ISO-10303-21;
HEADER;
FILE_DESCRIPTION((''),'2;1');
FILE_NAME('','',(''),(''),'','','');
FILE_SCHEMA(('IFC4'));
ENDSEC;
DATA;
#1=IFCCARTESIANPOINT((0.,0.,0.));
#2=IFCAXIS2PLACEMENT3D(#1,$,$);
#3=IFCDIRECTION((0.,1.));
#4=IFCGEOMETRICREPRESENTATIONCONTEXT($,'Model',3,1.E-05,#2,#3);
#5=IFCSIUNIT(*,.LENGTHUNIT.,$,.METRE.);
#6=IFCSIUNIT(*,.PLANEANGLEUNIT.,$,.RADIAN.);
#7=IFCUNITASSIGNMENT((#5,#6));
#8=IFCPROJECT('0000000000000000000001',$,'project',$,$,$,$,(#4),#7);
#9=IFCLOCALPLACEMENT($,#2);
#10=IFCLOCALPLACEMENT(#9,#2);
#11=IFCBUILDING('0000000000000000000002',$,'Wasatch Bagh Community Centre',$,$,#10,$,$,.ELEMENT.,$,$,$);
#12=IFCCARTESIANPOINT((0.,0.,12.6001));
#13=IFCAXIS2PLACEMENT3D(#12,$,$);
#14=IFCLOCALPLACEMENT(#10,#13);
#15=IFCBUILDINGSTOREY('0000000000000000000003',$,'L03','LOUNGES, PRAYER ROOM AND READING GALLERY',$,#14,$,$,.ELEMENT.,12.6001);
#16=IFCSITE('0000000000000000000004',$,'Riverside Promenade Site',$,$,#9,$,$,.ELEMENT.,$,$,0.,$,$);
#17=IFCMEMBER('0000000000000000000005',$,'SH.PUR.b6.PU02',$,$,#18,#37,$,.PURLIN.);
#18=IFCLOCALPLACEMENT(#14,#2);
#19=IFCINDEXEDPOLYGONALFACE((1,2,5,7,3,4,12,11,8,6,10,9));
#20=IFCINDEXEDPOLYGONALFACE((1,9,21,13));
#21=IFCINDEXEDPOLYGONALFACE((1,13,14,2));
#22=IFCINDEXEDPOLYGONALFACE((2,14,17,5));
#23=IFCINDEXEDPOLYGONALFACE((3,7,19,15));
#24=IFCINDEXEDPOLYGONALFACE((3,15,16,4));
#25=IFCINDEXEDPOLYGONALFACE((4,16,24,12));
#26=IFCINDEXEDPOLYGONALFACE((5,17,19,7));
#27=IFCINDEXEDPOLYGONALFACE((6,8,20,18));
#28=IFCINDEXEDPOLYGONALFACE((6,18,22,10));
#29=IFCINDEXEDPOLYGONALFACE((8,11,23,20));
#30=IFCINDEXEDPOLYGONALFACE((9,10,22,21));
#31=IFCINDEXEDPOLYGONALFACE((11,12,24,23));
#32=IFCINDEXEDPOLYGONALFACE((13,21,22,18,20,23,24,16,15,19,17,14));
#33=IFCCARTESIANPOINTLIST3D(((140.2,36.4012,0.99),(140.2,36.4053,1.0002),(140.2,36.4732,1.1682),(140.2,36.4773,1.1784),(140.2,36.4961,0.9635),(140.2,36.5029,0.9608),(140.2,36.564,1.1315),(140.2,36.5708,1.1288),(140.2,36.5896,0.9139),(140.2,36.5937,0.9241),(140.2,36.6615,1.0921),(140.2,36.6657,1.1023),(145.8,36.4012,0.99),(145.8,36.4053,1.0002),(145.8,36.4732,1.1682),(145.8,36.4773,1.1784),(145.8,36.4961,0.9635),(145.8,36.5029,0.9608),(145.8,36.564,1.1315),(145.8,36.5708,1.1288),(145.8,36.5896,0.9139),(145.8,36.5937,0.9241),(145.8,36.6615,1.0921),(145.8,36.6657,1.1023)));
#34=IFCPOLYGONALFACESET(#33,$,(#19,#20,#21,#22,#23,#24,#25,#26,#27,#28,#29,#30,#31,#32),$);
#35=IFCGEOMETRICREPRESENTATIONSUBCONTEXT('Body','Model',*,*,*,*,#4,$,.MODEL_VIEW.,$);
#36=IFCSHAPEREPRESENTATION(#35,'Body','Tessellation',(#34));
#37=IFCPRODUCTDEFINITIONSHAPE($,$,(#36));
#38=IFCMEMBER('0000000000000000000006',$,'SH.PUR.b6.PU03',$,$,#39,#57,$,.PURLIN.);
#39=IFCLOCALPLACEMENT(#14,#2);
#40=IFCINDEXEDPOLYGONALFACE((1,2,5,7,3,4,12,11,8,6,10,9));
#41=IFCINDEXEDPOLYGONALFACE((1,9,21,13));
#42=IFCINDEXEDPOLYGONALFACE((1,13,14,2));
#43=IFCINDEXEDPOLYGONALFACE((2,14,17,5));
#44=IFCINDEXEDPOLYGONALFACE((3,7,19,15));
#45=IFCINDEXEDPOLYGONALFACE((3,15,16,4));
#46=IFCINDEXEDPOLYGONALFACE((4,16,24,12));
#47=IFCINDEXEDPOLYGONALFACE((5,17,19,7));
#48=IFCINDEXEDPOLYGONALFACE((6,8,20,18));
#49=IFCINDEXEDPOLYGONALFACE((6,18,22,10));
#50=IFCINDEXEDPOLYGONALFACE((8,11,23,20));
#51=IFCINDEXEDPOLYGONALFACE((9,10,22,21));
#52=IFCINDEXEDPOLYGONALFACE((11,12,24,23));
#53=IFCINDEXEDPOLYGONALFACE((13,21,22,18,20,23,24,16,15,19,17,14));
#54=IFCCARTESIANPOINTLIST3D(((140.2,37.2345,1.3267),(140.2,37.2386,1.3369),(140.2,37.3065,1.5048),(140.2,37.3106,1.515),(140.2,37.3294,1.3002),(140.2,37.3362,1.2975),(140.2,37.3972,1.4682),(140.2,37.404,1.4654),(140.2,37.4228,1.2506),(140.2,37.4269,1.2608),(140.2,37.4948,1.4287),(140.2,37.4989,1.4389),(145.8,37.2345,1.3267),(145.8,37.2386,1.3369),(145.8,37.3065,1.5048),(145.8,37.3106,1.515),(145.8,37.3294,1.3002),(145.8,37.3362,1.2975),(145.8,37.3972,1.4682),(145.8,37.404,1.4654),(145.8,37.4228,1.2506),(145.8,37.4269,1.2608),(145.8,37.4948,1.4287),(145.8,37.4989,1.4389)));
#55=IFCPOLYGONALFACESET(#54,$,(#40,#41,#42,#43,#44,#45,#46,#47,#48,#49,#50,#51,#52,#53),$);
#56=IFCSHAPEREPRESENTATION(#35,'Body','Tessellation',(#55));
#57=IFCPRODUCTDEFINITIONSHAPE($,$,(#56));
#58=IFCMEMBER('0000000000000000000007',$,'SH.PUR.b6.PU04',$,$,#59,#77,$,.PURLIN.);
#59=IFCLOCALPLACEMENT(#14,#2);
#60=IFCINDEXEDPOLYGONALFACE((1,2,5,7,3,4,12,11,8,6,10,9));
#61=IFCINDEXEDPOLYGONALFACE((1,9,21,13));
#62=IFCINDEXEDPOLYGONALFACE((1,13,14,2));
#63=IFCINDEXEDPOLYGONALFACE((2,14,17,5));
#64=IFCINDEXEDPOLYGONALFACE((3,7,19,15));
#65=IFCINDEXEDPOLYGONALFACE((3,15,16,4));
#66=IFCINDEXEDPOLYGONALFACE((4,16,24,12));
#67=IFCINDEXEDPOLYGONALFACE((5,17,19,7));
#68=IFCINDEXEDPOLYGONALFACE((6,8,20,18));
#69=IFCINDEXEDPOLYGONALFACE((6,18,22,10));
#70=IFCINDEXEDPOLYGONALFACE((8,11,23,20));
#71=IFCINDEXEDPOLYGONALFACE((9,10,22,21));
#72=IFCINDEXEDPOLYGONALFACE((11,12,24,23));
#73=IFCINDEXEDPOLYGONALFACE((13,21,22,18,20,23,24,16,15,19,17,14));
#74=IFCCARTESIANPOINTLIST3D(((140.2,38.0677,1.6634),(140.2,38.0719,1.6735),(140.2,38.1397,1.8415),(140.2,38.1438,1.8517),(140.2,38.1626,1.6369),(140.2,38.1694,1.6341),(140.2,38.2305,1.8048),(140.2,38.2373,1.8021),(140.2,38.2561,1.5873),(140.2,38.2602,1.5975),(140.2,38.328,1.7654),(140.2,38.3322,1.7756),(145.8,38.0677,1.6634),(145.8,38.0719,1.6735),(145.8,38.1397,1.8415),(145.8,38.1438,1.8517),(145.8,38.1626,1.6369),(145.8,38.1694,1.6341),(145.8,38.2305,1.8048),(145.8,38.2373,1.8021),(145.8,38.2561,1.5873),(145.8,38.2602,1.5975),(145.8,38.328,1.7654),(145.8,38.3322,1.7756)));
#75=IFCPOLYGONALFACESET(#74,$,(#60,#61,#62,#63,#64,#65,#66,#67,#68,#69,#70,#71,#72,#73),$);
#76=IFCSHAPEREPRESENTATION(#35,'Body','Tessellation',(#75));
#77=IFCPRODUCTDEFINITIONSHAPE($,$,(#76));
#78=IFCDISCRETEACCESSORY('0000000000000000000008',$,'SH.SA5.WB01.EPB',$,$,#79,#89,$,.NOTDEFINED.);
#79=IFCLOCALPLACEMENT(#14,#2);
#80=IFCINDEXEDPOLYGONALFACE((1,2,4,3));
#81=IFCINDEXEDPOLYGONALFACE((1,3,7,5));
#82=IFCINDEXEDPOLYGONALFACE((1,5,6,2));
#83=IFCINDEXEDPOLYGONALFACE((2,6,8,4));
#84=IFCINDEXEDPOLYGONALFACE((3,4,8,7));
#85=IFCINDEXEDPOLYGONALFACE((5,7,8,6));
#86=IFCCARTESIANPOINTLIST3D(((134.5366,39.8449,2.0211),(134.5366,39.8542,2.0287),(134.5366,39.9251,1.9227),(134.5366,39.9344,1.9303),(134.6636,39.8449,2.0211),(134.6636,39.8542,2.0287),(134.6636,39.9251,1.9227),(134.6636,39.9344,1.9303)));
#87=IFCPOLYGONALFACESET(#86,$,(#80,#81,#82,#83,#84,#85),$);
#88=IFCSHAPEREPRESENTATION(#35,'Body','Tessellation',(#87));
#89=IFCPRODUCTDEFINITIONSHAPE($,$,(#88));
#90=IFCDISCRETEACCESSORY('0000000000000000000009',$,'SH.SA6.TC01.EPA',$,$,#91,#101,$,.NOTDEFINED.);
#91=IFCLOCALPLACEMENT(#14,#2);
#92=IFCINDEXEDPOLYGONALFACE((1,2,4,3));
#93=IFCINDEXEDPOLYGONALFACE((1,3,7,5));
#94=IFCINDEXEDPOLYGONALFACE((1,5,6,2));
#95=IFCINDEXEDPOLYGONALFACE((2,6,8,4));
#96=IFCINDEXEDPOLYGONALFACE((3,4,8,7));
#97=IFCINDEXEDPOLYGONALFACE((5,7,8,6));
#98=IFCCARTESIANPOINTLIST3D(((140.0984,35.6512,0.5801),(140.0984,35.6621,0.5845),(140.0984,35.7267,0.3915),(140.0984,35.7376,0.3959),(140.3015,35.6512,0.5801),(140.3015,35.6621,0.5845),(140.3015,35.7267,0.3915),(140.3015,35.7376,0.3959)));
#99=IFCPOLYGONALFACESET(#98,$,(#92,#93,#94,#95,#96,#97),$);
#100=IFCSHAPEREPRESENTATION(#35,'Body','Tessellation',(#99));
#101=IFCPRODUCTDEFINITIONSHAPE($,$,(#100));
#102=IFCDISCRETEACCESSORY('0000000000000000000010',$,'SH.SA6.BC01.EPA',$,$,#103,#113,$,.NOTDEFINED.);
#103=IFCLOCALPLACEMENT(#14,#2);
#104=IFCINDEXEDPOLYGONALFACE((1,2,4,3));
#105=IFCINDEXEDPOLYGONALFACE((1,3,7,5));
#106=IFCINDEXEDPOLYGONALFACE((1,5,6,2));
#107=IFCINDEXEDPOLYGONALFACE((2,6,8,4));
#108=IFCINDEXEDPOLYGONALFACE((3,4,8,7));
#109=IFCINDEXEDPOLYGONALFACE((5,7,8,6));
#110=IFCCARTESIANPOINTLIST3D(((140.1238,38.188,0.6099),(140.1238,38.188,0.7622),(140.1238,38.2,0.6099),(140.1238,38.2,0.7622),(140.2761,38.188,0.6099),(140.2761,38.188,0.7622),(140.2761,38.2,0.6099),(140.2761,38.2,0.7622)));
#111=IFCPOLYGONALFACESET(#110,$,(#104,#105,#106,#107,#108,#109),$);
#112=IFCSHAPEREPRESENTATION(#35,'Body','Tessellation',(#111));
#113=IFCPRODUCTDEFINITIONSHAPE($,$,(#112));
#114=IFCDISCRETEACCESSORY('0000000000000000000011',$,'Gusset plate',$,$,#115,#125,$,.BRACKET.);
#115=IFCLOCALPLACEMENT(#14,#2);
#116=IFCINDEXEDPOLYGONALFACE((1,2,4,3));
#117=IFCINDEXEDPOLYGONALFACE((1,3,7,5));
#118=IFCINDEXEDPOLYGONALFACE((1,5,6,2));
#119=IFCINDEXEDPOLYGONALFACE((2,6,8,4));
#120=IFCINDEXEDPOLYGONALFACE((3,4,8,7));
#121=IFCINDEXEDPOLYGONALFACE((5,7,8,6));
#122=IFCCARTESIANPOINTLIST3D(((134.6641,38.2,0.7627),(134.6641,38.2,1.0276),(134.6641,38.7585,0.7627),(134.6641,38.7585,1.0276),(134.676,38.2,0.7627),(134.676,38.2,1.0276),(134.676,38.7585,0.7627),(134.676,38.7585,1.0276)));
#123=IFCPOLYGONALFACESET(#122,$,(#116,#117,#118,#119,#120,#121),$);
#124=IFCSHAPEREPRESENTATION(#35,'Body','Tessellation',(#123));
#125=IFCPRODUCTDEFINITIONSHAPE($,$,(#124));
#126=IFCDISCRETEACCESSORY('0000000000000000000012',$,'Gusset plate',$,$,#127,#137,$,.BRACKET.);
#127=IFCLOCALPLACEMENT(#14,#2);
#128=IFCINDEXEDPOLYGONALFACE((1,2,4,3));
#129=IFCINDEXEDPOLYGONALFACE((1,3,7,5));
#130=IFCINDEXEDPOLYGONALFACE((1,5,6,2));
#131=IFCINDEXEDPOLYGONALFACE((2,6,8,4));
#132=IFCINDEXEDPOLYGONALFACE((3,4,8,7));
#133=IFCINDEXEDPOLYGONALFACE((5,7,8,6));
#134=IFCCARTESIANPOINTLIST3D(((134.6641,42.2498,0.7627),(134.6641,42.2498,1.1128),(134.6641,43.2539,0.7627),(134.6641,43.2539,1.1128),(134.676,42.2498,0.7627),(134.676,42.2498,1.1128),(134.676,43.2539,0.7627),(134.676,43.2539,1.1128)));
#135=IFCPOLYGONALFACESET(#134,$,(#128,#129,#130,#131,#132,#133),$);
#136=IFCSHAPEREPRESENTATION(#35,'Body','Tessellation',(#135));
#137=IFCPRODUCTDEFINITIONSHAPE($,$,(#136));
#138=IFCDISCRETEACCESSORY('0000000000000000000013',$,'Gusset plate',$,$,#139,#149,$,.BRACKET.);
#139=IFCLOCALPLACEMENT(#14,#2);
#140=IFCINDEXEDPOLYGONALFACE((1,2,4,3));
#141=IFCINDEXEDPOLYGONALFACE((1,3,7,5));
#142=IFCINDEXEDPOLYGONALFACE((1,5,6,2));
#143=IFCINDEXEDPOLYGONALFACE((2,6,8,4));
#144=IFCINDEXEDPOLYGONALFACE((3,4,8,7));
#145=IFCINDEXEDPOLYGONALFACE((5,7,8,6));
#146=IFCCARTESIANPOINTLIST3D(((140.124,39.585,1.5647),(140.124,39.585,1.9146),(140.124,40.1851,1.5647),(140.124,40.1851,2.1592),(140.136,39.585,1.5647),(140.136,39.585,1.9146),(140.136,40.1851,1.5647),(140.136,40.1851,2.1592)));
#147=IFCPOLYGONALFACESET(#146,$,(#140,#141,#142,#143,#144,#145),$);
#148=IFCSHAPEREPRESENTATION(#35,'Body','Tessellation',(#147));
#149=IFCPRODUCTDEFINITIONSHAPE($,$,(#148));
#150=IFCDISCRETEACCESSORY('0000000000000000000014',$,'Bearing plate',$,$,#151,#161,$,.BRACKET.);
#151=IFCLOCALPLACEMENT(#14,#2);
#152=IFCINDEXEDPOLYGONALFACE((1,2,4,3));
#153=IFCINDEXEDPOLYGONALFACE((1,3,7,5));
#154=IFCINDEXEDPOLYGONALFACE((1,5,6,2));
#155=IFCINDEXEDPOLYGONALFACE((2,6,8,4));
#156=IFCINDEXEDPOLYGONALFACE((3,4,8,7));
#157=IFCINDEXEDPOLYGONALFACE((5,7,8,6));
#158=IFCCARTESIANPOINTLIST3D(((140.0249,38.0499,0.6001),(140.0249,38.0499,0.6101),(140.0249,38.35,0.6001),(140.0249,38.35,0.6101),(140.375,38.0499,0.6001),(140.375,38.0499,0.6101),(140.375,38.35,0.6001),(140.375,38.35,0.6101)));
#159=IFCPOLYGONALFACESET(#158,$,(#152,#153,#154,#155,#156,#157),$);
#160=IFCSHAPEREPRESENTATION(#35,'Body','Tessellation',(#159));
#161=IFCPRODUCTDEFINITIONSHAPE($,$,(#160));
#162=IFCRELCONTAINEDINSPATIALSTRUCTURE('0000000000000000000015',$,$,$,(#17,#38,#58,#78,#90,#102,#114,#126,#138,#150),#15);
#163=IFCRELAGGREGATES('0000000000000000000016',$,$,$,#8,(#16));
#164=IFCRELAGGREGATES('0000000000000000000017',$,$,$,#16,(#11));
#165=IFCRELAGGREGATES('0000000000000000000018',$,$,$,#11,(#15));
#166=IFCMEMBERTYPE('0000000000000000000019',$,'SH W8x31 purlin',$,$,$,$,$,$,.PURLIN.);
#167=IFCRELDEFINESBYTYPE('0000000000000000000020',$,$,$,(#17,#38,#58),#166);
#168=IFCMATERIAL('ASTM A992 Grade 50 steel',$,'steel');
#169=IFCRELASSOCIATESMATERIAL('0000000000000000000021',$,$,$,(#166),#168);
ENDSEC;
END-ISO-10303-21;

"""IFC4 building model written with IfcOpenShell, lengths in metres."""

from ifc_helpers import new_model, si_unit, direction, frame, origin, origin_2d, place, context, subcontext, project, spatial, polyline, rectangle, i_section, outline, extrude, material, material_profile, profile_set, type_object, element, save


model = new_model("IFC4")

# Units and contexts
model_context = context("Model", 3, precision=1e-05, world=origin(), true_north=direction((0.0, 1.0)))
body_context = subcontext(model_context, "Body", "Model", "MODEL_VIEW")
ifc_project = project(units=[si_unit("LENGTHUNIT", "METRE"), si_unit("PLANEANGLEUNIT", "RADIAN")], contexts=[model_context])

# Site, building, storey
site_placement = place(None, origin())
site = spatial("IfcSite", under=ifc_project, at=site_placement, Name="Riverside Promenade Site", CompositionType="ELEMENT", RefElevation=0.0)
building_placement = place(site_placement, origin())
building = spatial("IfcBuilding", under=site, at=building_placement, Name="Wasatch Bagh Community Centre", CompositionType="ELEMENT")
storey_placement = place(building_placement, frame((0.0, 0.0, 12.6001)))
storey = spatial("IfcBuildingStorey", under=building, at=storey_placement, Name="L03", Description="LOUNGES, PRAYER ROOM AND READING GALLERY", CompositionType="ELEMENT", Elevation=12.6001)

# Members
ifc_material_1 = material(Name="ASTM A992 Grade 50 steel", Category="steel")
ifc_material_profile_1 = material_profile(ifc_material_1, i_section(OverallWidth=0.2031, OverallDepth=0.2031, WebThickness=0.0073, FlangeThickness=0.011, at=origin_2d()), Name="W8x31")
ifc_profile_set_1 = profile_set([ifc_material_profile_1], Name="ASTM A992 Grade 50 steel")
member_type_1 = type_object("IfcMemberType", Name="SH W8x31 purlin", PredefinedType="PURLIN", material=ifc_profile_set_1)
for number, where, z_axis, x_axis, name in (
    (1, (140.2, 36.5334, 1.0461), (1.0, 0.0, 0.0), (0.0, 0.927184, -0.374607), "SH.PUR.b6.PU02"),
    (2, (140.2, 37.3667, 1.3828), (1.0, 0.0, 0.0), (0.0, 0.927184, -0.374607), "SH.PUR.b6.PU03"),
    (3, (140.2, 38.2, 1.7195), (1.0, 0.0, 0.0), (0.0, 0.927184, -0.374607), "SH.PUR.b6.PU04"),
):
    element("IfcMember", number, at=place(storey_placement, frame(where, z_axis=z_axis, x_axis=x_axis)), inside=storey, type_object=member_type_1, Name=name, PredefinedType="PURLIN", context=body_context, shape_type="SweptSolid", body=[
        extrude(i_section(OverallWidth=0.2031, OverallDepth=0.2031, WebThickness=0.0073, FlangeThickness=0.011, at=origin_2d()), origin(), (0.0, 0.0, 1.0), 5.6001),
    ])

# Discrete accessories
discrete_accessory_1_placement = place(storey_placement, frame((134.6001, 39.885, 1.9719), z_axis=(0.0, 0.774865, 0.632127), x_axis=(-1.0, 0.0, 0.0)))
element("IfcDiscreteAccessory", 4, at=discrete_accessory_1_placement, inside=storey, Name="SH.SA5.WB01.EPB", PredefinedType="NOTDEFINED", context=body_context, shape_type="SweptSolid", body=[
    extrude(rectangle(XDim=0.127, YDim=0.127, at=origin_2d()), origin(), (0.0, 0.0, 1.0), 0.012),
])
discrete_accessory_2_placement = place(storey_placement, frame((140.2, 35.689, 0.4858), z_axis=(0.0, 0.928477, 0.371391), x_axis=(-1.0, 0.0, 0.0)))
element("IfcDiscreteAccessory", 5, at=discrete_accessory_2_placement, inside=storey, Name="SH.SA6.TC01.EPA", PredefinedType="NOTDEFINED", context=body_context, shape_type="SweptSolid", body=[
    extrude(rectangle(XDim=0.2031, YDim=0.2031, at=origin_2d()), origin(), (0.0, 0.0, 1.0), 0.0117),
])
discrete_accessory_3_placement = place(storey_placement, frame((140.2, 38.188, 0.686), z_axis=(0.0, 1.0, 0.0), x_axis=(-1.0, 0.0, 0.0)))
element("IfcDiscreteAccessory", 6, at=discrete_accessory_3_placement, inside=storey, Name="SH.SA6.BC01.EPA", PredefinedType="NOTDEFINED", context=body_context, shape_type="SweptSolid", body=[
    extrude(rectangle(XDim=0.1523, YDim=0.1523, at=origin_2d()), origin(), (0.0, 0.0, 1.0), 0.012),
])
discrete_accessory_4_placement = place(storey_placement, frame((134.676, 38.2, 0.7627), z_axis=(1.0, 0.0, 0.0), x_axis=(0.0, 1.0, 0.0)))
element("IfcDiscreteAccessory", 7, at=discrete_accessory_4_placement, inside=storey, Name="Gusset plate", PredefinedType="BRACKET", context=body_context, shape_type="SweptSolid", body=[
    extrude(outline(polyline([(0.0, 0.0), (0.5586, 0.0), (0.5586, 0.2649), (0.0, 0.2649), (0.0, 0.0)])), origin(), (0.0, 0.0, -1.0), 0.012),
])
discrete_accessory_5_placement = place(storey_placement, frame((134.676, 42.2498, 0.7627), z_axis=(1.0, 0.0, 0.0), x_axis=(0.0, 1.0, 0.0)))
element("IfcDiscreteAccessory", 8, at=discrete_accessory_5_placement, inside=storey, Name="Gusset plate", PredefinedType="BRACKET", context=body_context, shape_type="SweptSolid", body=[
    extrude(outline(polyline([(0.0, 0.0), (1.0042, 0.0), (1.0042, 0.3501), (0.0, 0.3501), (0.0, 0.0)])), origin(), (0.0, 0.0, -1.0), 0.012),
])
discrete_accessory_6_placement = place(storey_placement, frame((140.124, 39.585, 1.9146), z_axis=(-1.0, 0.0, 0.0), x_axis=(0.0, 0.926014, 0.377488)))
element("IfcDiscreteAccessory", 9, at=discrete_accessory_6_placement, inside=storey, Name="Gusset plate", PredefinedType="BRACKET", context=body_context, shape_type="SweptSolid", body=[
    extrude(outline(polyline([(0.0, 0.0), (0.648, 0.0), (0.4236, 0.5505), (-0.1321, 0.324), (0.0, 0.0)])), origin(), (0.0, 0.0, -1.0), 0.012),
])
discrete_accessory_7_placement = place(storey_placement, frame((140.2, 38.2, 0.6001), z_axis=(0.0, 0.0, 1.0), x_axis=(1.0, 0.0, 0.0)))
element("IfcDiscreteAccessory", 10, at=discrete_accessory_7_placement, inside=storey, Name="Bearing plate", PredefinedType="BRACKET", context=body_context, shape_type="SweptSolid", body=[
    extrude(rectangle(XDim=0.3501, YDim=0.3, at=origin_2d()), origin(), (0.0, 0.0, 1.0), 0.01),
])

save(model, "model.ifc")
